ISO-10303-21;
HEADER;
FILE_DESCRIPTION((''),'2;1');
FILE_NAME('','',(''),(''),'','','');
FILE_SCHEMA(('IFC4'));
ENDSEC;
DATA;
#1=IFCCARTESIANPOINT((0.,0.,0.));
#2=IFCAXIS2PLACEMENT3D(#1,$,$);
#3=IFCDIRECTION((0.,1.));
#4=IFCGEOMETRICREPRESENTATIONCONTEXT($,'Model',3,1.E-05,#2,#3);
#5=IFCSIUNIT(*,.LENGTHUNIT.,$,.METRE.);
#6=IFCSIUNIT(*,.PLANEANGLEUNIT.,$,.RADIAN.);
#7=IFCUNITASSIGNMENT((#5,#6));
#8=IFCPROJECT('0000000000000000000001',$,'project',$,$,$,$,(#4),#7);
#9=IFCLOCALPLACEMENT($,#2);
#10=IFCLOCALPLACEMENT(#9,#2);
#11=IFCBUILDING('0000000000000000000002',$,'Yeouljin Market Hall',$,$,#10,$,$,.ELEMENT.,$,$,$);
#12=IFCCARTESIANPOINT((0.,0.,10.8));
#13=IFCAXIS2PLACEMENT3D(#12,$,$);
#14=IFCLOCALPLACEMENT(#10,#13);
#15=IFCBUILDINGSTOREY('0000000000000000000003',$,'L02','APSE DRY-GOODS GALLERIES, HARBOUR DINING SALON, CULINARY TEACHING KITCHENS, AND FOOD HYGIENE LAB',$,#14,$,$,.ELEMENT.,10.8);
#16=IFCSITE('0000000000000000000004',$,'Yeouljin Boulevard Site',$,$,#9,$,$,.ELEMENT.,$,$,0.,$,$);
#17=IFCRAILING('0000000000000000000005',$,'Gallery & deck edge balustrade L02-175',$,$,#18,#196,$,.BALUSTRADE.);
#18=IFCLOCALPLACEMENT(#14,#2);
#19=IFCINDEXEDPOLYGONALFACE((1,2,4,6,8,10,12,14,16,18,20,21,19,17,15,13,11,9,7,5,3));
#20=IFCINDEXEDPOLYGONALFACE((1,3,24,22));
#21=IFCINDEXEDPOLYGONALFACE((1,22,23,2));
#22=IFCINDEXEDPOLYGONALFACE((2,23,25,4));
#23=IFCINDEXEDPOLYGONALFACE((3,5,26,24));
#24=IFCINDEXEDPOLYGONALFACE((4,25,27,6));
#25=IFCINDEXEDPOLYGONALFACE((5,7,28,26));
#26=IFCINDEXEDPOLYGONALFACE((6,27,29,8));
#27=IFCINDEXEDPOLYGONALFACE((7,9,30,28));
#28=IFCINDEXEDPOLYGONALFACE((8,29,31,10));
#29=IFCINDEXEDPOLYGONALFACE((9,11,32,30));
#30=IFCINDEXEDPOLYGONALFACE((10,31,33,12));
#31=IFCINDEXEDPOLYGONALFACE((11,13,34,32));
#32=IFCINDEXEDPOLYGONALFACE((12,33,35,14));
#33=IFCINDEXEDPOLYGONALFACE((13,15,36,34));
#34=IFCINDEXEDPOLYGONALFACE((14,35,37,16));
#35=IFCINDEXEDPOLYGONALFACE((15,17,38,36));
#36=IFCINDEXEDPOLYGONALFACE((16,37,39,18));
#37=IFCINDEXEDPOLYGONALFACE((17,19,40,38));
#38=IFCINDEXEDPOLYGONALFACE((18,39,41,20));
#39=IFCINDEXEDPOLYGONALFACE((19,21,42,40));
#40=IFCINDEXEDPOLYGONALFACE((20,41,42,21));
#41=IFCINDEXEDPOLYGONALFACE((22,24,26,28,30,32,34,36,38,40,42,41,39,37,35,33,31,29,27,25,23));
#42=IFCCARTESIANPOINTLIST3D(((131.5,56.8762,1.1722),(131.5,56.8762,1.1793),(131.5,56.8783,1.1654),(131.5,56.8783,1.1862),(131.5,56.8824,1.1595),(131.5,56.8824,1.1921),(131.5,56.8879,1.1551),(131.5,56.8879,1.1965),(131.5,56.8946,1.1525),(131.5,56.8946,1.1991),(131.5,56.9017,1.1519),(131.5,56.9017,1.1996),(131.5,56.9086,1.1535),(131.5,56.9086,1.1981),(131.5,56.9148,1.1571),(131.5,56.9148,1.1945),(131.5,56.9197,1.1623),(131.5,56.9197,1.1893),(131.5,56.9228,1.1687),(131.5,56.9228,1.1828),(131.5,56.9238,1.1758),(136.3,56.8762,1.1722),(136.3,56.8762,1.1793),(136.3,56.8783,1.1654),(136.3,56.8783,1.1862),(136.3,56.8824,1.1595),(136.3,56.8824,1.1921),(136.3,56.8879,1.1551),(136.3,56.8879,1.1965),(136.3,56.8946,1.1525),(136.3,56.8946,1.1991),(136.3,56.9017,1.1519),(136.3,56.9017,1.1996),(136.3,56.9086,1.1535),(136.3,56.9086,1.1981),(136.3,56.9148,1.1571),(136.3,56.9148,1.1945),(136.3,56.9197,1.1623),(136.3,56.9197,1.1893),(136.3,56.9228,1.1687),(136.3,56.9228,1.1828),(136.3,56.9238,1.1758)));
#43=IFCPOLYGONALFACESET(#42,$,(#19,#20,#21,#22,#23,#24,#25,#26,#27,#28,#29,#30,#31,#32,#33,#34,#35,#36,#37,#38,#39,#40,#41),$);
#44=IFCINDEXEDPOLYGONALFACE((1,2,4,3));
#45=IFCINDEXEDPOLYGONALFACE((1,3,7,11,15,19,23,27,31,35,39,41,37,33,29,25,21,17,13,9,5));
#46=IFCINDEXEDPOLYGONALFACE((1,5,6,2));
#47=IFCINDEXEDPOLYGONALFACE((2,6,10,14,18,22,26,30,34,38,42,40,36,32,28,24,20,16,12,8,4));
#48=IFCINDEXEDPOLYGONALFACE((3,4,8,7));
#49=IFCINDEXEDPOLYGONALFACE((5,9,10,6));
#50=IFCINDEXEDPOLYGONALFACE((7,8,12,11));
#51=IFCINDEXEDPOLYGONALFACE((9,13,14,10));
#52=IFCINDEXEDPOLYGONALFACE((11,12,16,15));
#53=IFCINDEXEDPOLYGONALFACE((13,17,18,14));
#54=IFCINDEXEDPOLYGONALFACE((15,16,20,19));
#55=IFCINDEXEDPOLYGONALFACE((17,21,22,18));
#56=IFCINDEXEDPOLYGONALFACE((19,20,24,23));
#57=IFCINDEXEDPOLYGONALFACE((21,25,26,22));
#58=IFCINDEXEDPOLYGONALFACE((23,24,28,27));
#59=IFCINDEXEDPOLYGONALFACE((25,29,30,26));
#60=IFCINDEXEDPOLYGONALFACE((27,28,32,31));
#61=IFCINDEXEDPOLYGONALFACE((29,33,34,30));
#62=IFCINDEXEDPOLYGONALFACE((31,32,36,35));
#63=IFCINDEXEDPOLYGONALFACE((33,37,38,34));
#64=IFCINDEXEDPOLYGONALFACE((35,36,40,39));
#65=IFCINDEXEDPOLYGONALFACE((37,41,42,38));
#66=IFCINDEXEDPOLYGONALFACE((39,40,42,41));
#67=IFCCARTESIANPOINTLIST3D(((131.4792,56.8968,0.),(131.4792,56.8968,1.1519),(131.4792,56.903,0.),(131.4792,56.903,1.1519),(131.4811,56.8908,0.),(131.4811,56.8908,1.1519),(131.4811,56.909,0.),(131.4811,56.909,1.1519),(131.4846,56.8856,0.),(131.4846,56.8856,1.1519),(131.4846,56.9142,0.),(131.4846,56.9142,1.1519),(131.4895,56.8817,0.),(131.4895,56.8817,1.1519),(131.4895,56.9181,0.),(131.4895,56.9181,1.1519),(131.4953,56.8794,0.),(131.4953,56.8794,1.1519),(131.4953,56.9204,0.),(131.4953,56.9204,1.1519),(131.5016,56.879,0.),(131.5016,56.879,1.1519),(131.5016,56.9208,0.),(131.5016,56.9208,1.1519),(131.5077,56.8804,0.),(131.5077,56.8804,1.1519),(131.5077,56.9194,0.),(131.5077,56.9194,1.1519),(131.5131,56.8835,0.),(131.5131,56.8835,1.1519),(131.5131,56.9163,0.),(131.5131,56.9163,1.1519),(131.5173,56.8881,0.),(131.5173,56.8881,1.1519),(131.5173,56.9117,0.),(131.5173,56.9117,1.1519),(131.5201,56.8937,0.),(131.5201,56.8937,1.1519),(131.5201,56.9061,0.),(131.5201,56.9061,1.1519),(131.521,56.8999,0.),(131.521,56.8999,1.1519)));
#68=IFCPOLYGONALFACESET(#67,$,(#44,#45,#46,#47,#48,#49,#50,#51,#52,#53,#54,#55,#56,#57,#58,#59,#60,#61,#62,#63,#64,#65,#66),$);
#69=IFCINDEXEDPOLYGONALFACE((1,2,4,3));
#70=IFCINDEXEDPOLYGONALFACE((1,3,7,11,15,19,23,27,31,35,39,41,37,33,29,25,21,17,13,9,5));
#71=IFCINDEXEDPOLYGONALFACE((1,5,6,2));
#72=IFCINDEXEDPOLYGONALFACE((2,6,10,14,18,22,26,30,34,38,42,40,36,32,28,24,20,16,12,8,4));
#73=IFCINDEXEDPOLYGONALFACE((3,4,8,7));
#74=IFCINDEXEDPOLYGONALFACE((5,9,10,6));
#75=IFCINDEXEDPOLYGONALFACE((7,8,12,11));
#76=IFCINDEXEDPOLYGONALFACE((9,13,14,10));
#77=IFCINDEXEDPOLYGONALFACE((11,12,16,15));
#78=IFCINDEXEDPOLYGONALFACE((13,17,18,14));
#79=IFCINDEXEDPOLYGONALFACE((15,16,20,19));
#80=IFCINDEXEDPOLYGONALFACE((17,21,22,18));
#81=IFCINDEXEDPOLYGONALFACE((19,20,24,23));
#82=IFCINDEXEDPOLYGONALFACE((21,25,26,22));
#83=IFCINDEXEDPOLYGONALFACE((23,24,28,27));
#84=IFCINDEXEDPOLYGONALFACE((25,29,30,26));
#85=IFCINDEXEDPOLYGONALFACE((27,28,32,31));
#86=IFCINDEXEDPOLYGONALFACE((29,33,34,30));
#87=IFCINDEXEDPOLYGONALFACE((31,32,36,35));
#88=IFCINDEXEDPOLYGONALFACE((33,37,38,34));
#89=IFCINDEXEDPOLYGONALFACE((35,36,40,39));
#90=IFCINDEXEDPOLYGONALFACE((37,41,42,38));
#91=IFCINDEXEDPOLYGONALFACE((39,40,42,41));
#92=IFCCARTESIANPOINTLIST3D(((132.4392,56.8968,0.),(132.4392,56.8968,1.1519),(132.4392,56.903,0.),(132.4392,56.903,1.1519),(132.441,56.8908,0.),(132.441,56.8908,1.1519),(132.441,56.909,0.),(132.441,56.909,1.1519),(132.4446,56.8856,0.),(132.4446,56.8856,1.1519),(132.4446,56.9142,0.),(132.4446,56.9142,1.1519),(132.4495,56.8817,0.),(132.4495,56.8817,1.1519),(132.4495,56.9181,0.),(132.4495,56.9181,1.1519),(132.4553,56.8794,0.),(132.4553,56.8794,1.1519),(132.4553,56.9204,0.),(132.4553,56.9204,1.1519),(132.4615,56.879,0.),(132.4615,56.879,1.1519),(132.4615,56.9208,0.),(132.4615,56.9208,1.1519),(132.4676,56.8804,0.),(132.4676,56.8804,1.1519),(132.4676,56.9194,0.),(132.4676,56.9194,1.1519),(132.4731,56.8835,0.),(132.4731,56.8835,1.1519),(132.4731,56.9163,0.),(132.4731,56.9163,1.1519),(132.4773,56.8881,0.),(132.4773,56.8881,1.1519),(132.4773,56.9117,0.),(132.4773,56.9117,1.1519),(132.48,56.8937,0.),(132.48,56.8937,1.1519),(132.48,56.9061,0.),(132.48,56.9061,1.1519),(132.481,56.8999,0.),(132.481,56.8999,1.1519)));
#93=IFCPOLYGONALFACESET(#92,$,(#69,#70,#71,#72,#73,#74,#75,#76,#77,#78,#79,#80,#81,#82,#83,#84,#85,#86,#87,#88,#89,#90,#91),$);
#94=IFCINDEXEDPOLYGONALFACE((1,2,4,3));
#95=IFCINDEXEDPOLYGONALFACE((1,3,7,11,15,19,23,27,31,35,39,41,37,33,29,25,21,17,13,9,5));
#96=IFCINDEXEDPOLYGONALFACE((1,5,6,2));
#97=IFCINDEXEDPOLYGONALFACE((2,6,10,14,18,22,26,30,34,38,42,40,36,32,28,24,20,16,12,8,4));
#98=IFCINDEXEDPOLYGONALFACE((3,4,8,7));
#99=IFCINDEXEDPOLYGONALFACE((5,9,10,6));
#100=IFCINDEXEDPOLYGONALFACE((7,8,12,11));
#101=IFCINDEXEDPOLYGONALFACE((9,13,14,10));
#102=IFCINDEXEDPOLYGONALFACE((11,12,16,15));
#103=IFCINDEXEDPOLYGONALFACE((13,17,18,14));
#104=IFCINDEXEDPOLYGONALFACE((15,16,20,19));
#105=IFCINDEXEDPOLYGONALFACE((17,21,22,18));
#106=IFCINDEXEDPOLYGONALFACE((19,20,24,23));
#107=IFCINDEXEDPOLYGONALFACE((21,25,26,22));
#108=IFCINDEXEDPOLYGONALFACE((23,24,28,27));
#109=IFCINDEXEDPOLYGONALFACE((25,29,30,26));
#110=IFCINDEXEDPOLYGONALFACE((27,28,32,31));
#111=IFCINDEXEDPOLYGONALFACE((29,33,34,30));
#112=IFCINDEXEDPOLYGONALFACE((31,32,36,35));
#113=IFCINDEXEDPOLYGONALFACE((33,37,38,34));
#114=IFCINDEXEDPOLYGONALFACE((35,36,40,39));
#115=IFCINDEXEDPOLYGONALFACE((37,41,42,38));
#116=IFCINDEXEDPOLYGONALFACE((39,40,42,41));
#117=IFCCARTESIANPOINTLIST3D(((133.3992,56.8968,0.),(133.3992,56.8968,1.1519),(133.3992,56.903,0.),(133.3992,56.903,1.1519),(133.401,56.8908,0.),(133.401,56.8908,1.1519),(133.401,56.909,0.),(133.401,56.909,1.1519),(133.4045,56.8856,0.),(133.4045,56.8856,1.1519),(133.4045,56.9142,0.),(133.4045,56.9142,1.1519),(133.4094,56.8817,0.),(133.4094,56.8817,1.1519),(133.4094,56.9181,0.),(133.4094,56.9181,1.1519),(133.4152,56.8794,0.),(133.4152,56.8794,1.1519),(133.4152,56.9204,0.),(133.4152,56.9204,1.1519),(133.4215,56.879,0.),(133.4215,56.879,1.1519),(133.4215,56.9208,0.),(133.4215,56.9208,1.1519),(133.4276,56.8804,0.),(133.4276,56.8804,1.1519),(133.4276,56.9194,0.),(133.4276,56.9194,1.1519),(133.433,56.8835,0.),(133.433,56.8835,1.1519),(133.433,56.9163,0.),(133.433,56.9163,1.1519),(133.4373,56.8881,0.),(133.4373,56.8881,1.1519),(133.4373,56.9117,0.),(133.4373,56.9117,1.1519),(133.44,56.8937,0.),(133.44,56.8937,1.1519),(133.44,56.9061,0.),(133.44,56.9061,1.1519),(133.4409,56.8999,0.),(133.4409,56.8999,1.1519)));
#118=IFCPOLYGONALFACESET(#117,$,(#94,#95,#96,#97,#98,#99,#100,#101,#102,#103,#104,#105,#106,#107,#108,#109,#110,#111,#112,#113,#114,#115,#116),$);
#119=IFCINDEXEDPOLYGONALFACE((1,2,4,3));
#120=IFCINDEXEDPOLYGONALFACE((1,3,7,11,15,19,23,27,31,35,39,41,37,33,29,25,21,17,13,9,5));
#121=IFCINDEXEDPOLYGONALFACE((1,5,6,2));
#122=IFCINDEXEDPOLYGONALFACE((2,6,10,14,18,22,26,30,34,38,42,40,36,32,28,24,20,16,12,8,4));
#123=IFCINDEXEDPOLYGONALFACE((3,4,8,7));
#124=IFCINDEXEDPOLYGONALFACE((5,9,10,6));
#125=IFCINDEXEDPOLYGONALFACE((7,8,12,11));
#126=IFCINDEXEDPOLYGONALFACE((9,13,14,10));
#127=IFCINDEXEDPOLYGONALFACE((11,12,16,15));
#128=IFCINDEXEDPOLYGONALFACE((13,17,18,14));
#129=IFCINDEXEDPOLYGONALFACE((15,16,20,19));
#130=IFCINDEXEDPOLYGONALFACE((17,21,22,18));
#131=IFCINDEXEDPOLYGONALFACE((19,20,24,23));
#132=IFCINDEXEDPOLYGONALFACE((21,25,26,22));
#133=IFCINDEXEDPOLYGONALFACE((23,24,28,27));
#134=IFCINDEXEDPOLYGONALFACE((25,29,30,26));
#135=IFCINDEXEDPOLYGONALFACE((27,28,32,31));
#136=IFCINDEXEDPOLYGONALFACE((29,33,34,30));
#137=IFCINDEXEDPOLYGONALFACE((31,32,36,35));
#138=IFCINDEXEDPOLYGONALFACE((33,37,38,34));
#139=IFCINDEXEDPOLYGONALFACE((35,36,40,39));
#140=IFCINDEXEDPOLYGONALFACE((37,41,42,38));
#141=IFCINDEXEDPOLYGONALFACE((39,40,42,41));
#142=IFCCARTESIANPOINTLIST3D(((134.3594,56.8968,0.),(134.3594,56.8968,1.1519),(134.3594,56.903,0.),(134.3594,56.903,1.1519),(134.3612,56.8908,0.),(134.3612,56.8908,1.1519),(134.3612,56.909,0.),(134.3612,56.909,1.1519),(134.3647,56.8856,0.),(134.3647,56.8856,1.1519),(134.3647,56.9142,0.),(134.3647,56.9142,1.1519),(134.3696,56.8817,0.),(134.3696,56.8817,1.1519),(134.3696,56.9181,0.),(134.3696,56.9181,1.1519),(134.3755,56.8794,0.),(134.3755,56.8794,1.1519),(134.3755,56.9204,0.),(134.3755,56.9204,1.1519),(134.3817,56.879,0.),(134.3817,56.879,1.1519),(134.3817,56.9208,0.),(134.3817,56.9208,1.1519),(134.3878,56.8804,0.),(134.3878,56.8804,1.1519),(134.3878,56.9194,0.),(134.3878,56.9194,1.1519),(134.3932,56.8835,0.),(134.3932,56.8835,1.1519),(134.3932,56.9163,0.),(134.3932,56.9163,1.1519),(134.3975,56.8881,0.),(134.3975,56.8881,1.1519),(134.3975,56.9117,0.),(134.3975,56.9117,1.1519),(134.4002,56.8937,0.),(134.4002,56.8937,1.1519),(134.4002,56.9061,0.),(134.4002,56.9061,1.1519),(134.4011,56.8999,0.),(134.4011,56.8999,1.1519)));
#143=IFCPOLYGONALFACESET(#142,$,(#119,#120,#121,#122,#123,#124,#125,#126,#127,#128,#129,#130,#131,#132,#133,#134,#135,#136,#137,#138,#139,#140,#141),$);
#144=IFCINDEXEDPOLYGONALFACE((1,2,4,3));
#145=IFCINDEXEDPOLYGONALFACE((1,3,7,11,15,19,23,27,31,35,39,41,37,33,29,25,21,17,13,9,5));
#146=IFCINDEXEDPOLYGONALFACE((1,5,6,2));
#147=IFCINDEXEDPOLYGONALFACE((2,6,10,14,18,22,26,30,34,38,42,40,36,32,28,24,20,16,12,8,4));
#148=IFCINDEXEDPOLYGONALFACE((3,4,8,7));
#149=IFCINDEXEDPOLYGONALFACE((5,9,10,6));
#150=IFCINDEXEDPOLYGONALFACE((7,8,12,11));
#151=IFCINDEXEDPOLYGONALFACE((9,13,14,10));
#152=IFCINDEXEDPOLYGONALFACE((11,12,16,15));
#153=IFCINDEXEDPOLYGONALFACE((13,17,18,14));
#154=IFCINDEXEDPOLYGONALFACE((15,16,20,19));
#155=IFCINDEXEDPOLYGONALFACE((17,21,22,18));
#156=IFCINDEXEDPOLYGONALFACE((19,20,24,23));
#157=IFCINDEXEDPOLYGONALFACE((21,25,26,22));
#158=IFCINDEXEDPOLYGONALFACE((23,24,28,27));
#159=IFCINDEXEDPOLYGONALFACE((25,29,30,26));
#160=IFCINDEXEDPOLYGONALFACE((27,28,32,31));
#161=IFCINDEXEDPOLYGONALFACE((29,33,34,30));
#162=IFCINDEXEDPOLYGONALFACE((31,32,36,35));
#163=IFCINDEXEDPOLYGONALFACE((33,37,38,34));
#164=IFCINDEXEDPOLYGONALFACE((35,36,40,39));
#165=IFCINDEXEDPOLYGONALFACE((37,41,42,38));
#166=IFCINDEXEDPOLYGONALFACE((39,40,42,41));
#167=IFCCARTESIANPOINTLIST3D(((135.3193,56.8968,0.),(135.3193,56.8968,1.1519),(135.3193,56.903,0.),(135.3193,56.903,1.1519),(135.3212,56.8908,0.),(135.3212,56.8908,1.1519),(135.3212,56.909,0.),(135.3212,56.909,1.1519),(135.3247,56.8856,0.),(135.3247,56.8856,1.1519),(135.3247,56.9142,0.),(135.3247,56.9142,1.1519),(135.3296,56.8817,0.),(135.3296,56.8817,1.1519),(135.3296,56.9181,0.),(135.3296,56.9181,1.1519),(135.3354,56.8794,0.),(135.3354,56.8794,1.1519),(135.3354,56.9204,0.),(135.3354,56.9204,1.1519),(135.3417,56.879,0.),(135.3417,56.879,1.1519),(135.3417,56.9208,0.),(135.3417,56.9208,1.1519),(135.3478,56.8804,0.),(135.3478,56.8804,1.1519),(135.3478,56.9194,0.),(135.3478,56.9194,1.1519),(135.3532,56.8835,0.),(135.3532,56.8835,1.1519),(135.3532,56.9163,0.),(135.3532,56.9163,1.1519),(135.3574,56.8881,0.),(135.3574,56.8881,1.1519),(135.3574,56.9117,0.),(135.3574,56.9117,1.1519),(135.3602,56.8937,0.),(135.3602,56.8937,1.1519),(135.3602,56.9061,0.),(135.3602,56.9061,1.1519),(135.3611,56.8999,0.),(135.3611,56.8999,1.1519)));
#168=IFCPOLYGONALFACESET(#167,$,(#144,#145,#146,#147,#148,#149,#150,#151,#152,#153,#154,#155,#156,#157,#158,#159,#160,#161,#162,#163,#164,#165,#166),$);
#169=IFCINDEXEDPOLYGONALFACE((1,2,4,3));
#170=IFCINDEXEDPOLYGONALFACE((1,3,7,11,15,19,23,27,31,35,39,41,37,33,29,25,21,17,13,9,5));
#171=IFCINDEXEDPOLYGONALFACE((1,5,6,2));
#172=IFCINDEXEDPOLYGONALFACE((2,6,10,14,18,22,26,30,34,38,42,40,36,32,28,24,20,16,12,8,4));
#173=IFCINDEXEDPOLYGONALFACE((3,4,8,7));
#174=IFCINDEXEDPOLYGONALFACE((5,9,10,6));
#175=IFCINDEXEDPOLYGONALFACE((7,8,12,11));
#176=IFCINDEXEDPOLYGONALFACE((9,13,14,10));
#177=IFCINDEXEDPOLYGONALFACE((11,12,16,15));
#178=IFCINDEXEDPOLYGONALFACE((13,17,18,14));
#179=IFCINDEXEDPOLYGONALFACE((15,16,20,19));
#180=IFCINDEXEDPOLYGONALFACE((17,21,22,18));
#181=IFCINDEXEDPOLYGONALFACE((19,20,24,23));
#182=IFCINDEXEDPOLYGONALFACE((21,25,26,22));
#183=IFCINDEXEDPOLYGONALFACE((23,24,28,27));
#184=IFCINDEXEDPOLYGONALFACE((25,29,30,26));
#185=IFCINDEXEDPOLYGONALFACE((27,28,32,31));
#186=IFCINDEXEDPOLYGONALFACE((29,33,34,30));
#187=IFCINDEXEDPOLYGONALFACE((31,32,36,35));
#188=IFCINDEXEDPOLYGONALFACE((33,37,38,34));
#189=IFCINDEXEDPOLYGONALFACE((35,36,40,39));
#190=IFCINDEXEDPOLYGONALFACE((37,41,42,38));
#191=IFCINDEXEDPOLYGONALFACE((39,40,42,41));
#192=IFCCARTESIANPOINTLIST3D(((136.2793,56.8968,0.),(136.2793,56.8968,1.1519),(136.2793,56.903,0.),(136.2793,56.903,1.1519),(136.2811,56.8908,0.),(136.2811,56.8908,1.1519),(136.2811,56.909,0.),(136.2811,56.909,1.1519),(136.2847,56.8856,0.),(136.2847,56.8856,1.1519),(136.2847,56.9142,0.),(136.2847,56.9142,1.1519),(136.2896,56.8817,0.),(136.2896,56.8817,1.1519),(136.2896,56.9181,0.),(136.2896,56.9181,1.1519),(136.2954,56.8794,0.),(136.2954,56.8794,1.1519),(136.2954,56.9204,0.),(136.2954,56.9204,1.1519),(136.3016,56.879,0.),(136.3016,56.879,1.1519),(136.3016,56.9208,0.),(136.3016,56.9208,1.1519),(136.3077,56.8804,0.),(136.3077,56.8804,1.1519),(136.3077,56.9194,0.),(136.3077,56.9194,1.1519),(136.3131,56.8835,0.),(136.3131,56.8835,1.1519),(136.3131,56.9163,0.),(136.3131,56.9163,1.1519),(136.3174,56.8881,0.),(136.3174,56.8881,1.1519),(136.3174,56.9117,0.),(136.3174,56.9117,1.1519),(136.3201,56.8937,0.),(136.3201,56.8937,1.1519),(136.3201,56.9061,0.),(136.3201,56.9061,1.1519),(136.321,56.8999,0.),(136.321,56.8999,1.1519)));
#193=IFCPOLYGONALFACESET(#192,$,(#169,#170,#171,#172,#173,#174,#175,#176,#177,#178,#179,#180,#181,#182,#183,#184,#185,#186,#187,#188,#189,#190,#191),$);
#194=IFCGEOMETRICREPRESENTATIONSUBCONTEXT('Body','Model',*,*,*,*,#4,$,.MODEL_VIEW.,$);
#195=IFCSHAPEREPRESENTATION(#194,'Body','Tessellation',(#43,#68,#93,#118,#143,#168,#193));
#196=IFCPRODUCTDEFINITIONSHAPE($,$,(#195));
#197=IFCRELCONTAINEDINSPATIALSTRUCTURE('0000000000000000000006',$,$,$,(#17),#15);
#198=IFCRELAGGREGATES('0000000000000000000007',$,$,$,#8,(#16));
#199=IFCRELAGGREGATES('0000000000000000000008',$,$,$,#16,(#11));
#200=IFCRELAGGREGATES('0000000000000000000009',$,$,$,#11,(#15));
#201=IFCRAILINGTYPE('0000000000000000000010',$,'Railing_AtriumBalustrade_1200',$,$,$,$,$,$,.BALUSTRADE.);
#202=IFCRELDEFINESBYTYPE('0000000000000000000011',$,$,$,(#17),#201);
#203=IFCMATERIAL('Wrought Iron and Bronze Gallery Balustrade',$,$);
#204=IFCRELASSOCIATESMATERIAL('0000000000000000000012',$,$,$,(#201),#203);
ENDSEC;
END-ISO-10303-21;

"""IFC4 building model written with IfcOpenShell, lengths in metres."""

from ifc_helpers import new_model, si_unit, direction, frame, origin, origin_2d, place, context, subcontext, project, spatial, circle, extrude, material, type_object, element, save


model = new_model("IFC4")

# Units and contexts
model_context = context("Model", 3, precision=1e-05, world=origin(), true_north=direction((0.0, 1.0)))
body_context = subcontext(model_context, "Body", "Model", "MODEL_VIEW")
ifc_project = project(units=[si_unit("LENGTHUNIT", "METRE"), si_unit("PLANEANGLEUNIT", "RADIAN")], contexts=[model_context])

# Site, building, storey
site_placement = place(None, origin())
site = spatial("IfcSite", under=ifc_project, at=site_placement, Name="Yeouljin Boulevard Site", CompositionType="ELEMENT", RefElevation=0.0)
building_placement = place(site_placement, origin())
building = spatial("IfcBuilding", under=site, at=building_placement, Name="Yeouljin Market Hall", CompositionType="ELEMENT")
storey_placement = place(building_placement, frame((0.0, 0.0, 10.8)))
storey = spatial("IfcBuildingStorey", under=building, at=storey_placement, Name="L02", Description="APSE DRY-GOODS GALLERIES, HARBOUR DINING SALON, CULINARY TEACHING KITCHENS, AND FOOD HYGIENE LAB", CompositionType="ELEMENT", Elevation=10.8)

# Railing
ifc_material_1 = material(Name="Wrought Iron and Bronze Gallery Balustrade")
railing_type = type_object("IfcRailingType", Name="Railing_AtriumBalustrade_1200", PredefinedType="BALUSTRADE", material=ifc_material_1)
railing_1_placement = place(storey_placement, frame((131.5, 56.8999, 0.0)))
element("IfcRailing", 1, at=railing_1_placement, inside=storey, type_object=railing_type, Name="Gallery & deck edge balustrade L02-175", PredefinedType="BALUSTRADE", context=body_context, shape_type="SweptSolid", body=[
    extrude(circle(Radius=0.0239, at=origin_2d()), frame((0.0, 0.0, 1.1758), z_axis=(1.0, 0.0, 0.0), x_axis=(0.0, 1.0, 0.0)), (0.0, 0.0, 1.0), 4.8),
    extrude(circle(Radius=0.021, at=origin_2d()), origin(), (0.0, 0.0, 1.0), 1.1519),
    extrude(circle(Radius=0.021, at=origin_2d()), frame((0.96, 0.0, 0.0)), (0.0, 0.0, 1.0), 1.1519),
    extrude(circle(Radius=0.021, at=origin_2d()), frame((1.9199, 0.0, 0.0)), (0.0, 0.0, 1.0), 1.1519),
    extrude(circle(Radius=0.021, at=origin_2d()), frame((2.8801, 0.0, 0.0)), (0.0, 0.0, 1.0), 1.1519),
    extrude(circle(Radius=0.021, at=origin_2d()), frame((3.8401, 0.0, 0.0)), (0.0, 0.0, 1.0), 1.1519),
    extrude(circle(Radius=0.021, at=origin_2d()), frame((4.8, 0.0, 0.0)), (0.0, 0.0, 1.0), 1.1519),
])

save(model, "model.ifc")
